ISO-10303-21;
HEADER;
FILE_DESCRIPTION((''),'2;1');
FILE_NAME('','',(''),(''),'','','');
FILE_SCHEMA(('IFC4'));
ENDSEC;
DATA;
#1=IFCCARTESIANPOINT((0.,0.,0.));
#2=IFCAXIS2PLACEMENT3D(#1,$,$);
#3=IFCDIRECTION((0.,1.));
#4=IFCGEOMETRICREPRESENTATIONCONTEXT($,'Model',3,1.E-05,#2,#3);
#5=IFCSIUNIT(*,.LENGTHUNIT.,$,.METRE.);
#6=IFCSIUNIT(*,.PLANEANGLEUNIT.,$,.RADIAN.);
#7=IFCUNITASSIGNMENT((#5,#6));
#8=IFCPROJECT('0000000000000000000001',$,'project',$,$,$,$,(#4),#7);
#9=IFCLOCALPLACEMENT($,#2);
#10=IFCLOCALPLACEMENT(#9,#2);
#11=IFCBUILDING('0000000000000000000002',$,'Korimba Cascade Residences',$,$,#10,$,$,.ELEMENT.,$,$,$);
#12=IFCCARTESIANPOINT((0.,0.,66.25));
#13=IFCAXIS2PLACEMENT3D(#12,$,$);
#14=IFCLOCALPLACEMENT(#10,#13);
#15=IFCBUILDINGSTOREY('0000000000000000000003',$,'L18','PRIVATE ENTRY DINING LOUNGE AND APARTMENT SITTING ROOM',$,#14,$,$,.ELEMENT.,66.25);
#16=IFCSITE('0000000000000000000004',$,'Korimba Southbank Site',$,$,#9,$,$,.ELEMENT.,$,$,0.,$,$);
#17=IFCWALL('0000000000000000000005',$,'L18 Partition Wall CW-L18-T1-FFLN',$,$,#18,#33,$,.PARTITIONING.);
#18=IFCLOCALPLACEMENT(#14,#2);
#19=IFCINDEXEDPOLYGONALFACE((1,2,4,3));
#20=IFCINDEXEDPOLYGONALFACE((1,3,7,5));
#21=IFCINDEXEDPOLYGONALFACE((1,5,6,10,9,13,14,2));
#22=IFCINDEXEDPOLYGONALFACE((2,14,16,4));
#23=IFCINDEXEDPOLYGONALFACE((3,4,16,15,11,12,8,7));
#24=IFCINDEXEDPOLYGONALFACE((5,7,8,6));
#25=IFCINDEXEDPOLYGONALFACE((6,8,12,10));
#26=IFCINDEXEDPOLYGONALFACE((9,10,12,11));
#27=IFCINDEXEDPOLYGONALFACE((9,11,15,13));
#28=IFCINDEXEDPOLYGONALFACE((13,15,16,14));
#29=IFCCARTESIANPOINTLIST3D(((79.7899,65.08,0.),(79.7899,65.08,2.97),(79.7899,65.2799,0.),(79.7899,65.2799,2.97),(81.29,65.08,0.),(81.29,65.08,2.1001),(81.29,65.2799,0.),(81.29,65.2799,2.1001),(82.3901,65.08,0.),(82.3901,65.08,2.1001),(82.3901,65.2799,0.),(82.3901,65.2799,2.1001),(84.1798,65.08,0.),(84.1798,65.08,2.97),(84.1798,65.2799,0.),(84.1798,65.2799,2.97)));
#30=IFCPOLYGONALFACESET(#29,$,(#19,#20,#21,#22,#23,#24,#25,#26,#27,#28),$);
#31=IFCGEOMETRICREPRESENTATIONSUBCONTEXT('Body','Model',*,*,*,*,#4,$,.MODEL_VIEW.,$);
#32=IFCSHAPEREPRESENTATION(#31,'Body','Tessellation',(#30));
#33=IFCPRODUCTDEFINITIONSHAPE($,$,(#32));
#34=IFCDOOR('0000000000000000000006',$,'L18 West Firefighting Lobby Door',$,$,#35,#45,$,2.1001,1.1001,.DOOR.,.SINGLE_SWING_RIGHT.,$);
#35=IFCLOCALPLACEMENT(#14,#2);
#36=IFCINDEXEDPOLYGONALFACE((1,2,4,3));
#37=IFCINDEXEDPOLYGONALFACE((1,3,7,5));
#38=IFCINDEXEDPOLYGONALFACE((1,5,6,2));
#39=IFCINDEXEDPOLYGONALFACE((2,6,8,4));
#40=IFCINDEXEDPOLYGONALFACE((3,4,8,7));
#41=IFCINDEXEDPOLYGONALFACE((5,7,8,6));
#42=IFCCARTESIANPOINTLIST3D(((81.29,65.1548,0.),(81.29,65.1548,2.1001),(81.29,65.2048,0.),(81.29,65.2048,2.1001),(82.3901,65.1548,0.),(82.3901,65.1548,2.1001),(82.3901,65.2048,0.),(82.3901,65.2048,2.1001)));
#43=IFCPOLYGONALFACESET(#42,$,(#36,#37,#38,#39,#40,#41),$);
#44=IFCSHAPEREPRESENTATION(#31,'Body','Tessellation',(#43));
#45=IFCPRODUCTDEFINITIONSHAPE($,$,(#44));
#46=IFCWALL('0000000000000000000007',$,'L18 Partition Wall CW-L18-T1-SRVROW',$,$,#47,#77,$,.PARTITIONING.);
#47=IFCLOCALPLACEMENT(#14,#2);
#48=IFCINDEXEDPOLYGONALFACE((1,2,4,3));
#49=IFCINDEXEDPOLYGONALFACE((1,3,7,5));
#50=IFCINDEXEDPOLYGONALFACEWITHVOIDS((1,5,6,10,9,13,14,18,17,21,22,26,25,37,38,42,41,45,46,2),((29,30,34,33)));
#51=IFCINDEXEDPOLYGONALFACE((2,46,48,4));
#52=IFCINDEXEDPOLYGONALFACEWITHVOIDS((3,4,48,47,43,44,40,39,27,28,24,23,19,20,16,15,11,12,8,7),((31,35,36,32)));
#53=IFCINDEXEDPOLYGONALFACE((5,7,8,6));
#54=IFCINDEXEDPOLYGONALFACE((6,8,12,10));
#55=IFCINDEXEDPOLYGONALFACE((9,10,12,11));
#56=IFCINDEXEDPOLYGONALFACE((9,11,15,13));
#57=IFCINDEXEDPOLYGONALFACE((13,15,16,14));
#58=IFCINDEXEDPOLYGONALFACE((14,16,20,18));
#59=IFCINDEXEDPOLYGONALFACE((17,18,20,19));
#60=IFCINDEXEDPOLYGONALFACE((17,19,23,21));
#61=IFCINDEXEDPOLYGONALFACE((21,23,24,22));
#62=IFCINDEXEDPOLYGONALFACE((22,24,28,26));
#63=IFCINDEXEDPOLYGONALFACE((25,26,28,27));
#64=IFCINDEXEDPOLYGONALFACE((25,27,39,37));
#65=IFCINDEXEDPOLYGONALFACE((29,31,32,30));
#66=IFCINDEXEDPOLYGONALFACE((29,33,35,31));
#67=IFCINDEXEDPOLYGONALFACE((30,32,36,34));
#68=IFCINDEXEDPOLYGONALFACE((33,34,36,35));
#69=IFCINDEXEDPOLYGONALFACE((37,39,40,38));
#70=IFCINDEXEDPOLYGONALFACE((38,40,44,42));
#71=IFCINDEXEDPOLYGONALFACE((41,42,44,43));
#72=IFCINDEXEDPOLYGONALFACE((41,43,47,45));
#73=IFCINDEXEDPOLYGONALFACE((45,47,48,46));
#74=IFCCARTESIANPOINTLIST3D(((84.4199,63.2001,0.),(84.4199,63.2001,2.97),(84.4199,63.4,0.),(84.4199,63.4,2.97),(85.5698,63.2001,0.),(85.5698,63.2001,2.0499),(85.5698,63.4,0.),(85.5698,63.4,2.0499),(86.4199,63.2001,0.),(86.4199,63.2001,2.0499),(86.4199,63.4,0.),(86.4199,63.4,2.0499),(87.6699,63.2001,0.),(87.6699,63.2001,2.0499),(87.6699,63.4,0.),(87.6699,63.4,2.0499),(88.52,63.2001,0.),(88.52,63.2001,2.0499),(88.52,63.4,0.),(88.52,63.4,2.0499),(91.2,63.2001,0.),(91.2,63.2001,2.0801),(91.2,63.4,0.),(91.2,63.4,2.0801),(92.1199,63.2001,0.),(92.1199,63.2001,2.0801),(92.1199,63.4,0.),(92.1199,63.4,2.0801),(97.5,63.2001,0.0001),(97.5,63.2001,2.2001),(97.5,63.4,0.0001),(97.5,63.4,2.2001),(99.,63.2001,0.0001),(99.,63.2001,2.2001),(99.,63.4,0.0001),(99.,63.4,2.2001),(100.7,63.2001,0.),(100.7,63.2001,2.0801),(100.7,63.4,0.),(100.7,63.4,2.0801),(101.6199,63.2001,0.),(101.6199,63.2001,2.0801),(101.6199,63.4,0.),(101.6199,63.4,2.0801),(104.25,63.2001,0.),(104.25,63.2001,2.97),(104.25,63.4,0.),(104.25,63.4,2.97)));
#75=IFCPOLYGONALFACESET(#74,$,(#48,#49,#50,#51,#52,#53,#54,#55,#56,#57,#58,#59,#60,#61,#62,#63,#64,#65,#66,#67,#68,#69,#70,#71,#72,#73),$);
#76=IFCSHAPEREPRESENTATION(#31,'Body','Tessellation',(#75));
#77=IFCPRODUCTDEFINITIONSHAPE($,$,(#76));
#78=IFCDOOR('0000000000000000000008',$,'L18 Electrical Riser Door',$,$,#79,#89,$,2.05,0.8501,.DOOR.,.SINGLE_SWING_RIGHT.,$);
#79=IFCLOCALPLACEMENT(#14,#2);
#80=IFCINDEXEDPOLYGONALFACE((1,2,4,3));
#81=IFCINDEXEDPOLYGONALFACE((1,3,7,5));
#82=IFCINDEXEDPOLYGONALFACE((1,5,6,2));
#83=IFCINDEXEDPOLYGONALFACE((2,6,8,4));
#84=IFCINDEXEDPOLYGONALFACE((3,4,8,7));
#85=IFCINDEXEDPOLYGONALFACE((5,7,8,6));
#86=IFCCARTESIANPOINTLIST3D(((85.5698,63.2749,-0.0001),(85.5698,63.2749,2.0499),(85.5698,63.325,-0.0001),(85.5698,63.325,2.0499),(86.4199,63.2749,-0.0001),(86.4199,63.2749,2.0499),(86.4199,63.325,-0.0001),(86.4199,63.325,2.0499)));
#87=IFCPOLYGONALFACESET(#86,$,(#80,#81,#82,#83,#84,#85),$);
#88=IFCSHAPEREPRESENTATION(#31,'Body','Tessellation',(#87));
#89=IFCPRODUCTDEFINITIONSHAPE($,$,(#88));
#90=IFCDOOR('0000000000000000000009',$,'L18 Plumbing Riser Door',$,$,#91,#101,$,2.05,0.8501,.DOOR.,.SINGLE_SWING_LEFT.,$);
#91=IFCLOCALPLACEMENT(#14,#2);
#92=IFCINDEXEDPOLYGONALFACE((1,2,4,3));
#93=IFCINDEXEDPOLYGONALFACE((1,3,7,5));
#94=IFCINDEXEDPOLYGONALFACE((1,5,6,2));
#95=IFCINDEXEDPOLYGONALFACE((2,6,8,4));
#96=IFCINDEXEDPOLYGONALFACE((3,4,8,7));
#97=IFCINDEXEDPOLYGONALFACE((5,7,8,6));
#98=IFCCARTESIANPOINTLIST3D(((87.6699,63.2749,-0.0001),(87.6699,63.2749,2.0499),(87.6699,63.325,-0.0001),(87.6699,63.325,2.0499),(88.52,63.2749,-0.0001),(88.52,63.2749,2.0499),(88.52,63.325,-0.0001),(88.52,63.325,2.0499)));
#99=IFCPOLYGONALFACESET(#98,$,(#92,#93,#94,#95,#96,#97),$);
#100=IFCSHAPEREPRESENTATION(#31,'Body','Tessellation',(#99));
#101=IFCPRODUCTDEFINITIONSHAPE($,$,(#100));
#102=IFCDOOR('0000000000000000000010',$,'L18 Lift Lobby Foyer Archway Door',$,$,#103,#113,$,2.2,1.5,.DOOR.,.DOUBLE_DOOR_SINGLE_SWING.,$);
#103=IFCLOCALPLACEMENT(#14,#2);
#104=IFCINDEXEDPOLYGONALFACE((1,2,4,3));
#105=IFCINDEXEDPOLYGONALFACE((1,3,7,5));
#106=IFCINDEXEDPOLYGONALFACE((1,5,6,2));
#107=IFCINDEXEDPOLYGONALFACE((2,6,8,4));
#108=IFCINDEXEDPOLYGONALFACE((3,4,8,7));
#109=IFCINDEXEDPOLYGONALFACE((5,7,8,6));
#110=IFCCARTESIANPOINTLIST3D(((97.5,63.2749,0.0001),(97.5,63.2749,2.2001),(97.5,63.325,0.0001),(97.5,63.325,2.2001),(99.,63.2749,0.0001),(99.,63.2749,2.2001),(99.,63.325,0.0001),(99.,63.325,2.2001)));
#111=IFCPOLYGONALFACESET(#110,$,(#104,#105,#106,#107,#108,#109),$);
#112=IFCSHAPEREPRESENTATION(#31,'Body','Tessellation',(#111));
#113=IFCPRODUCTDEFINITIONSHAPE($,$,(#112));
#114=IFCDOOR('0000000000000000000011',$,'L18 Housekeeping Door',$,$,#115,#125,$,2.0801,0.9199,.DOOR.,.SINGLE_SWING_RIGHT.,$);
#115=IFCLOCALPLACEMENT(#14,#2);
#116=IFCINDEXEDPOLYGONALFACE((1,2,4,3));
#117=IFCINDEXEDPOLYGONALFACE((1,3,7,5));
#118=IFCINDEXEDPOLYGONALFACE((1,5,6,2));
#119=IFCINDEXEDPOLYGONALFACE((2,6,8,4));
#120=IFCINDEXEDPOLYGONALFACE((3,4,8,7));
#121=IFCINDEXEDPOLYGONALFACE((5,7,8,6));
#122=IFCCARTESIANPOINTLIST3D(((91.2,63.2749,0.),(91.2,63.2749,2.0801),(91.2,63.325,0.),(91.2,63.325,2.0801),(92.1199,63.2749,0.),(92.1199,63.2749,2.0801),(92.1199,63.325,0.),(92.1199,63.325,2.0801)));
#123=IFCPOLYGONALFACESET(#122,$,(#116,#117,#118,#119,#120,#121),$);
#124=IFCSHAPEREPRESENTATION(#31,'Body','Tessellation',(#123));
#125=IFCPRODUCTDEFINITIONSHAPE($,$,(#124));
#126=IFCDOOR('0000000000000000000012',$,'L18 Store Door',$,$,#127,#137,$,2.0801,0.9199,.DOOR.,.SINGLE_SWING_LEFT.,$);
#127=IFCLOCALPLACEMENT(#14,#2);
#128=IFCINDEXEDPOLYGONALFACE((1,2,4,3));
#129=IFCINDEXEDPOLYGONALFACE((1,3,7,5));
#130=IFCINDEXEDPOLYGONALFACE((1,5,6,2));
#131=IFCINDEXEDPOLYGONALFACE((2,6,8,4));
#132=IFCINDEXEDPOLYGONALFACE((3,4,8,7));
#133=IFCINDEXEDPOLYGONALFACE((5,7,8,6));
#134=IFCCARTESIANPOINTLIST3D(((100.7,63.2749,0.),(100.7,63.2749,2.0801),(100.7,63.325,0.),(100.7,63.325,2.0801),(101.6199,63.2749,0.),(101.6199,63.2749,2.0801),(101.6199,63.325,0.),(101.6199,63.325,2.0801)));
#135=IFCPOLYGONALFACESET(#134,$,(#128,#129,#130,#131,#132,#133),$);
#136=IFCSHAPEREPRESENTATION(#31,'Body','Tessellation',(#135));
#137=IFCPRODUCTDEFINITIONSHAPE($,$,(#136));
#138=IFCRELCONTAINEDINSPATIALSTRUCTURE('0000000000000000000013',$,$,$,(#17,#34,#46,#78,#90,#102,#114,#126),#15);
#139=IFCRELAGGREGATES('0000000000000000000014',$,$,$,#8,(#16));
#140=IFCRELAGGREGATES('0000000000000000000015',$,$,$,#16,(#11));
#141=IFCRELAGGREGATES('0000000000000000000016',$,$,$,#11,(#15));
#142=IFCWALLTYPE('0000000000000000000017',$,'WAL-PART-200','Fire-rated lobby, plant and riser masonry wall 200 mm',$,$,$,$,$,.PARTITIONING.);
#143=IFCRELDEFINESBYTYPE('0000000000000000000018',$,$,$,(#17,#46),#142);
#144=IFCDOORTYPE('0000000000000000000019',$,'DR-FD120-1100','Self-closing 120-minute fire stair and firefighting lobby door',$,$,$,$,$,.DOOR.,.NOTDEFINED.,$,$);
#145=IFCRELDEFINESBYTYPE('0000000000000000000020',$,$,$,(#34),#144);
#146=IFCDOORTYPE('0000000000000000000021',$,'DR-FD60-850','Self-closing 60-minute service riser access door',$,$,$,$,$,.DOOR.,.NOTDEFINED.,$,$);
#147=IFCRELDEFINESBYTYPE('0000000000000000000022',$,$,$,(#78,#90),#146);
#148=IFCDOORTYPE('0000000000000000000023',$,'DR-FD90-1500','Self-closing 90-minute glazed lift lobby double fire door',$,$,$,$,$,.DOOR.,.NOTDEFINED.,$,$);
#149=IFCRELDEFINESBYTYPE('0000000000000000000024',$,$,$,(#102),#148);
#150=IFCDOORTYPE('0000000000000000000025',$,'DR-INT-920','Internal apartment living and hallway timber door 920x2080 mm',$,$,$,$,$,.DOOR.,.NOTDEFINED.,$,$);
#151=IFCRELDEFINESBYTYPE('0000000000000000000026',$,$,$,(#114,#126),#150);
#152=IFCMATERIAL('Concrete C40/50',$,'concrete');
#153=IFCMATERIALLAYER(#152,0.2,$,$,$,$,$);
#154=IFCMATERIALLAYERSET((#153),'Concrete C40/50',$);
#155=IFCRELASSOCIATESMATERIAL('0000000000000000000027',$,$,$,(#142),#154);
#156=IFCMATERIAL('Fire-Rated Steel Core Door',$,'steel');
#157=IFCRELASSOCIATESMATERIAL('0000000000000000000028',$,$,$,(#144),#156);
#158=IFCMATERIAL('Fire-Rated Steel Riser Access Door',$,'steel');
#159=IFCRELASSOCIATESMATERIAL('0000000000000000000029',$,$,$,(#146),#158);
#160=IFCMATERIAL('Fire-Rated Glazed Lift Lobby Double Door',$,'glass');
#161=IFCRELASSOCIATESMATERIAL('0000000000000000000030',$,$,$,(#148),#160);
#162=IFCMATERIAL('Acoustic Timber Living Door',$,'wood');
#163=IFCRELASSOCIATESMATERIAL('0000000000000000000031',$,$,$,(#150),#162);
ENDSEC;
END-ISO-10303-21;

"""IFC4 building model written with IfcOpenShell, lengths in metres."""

from ifc_helpers import new_model, si_unit, direction, frame, frame_2d, origin, place, context, subcontext, project, spatial, rectangle, extrude, material, layer, layer_set, type_object, element, fill, save


model = new_model("IFC4")

# Units and contexts
model_context = context("Model", 3, precision=1e-05, world=origin(), true_north=direction((0.0, 1.0)))
body_context = subcontext(model_context, "Body", "Model", "MODEL_VIEW")
ifc_project = project(units=[si_unit("LENGTHUNIT", "METRE"), si_unit("PLANEANGLEUNIT", "RADIAN")], contexts=[model_context])

# Site, building, storey
site_placement = place(None, origin())
site = spatial("IfcSite", under=ifc_project, at=site_placement, Name="Korimba Southbank Site", CompositionType="ELEMENT", RefElevation=0.0)
building_placement = place(site_placement, origin())
building = spatial("IfcBuilding", under=site, at=building_placement, Name="Korimba Cascade Residences", CompositionType="ELEMENT")
storey_placement = place(building_placement, frame((0.0, 0.0, 66.25)))
storey = spatial("IfcBuildingStorey", under=building, at=storey_placement, Name="L18", Description="PRIVATE ENTRY DINING LOUNGE AND APARTMENT SITTING ROOM", CompositionType="ELEMENT", Elevation=66.25)

# Wall, opening, door
ifc_material_1 = material(Name="Concrete C40/50", Category="concrete")
ifc_layer = layer(ifc_material_1, 0.2)
ifc_layer_set = layer_set([ifc_layer], Name="Concrete C40/50")
wall_type = type_object("IfcWallType", Name="WAL-PART-200", Description="Fire-rated lobby, plant and riser masonry wall 200 mm", PredefinedType="PARTITIONING", material=ifc_layer_set)
wall_1_placement = place(storey_placement, frame((79.79, 65.1799, 0.0), z_axis=(0.0, 0.0, 1.0), x_axis=(1.0, 0.0, 0.0)))
wall_1 = element("IfcWall", 1, at=wall_1_placement, inside=storey, type_object=wall_type, Name="L18 Partition Wall CW-L18-T1-FFLN", PredefinedType="PARTITIONING", context=body_context, shape_type="SweptSolid", body=[
    extrude(rectangle(XDim=4.3899, YDim=0.2, at=frame_2d((2.1948, 0.0))), origin(), (0.0, 0.0, 1.0), 2.97),
])
opening_1_placement = place(wall_1_placement, frame((1.5, 0.0, 0.0)))
opening_1 = element("IfcOpeningElement", 2, at=opening_1_placement, cuts=wall_1, PredefinedType="OPENING", context=body_context, shape_type="SweptSolid", body=[
    extrude(rectangle(XDim=1.1001, YDim=2.1001, at=frame_2d((0.55, 1.05))), frame((0.0, 0.1099, 0.0), z_axis=(0.0, -1.0, 0.0), x_axis=(1.0, 0.0, 0.0)), (0.0, 0.0, 1.0), 0.22),
])
ifc_material_2 = material(Name="Fire-Rated Steel Core Door", Category="steel")
door_type_1 = type_object("IfcDoorType", Name="DR-FD120-1100", Description="Self-closing 120-minute fire stair and firefighting lobby door", OperationType="NOTDEFINED", PredefinedType="DOOR", material=ifc_material_2)
door_1_placement = place(opening_1_placement, origin())
door_1 = element("IfcDoor", 3, at=door_1_placement, inside=storey, type_object=door_type_1, Name="L18 West Firefighting Lobby Door", OperationType="SINGLE_SWING_RIGHT", OverallHeight=2.1001, OverallWidth=1.1001, PredefinedType="DOOR", context=body_context, shape_type="SweptSolid", body=[
    extrude(rectangle(XDim=1.1001, YDim=2.1001, at=frame_2d((0.55, 1.05))), frame((0.0, 0.0249, 0.0), z_axis=(0.0, -1.0, 0.0), x_axis=(1.0, 0.0, 0.0)), (0.0, 0.0, 1.0), 0.05),
])
fill(opening_1, door_1)

# Wall, openings, doors
wall_2_placement = place(storey_placement, frame((84.4199, 63.3, 0.0), z_axis=(0.0, 0.0, 1.0), x_axis=(1.0, 0.0, 0.0)))
wall_2 = element("IfcWall", 4, at=wall_2_placement, inside=storey, type_object=wall_type, Name="L18 Partition Wall CW-L18-T1-SRVROW", PredefinedType="PARTITIONING", context=body_context, shape_type="SweptSolid", body=[
    extrude(rectangle(XDim=19.8301, YDim=0.2, at=frame_2d((9.915, 0.0))), origin(), (0.0, 0.0, 1.0), 2.97),
])
opening_2_placement = place(wall_2_placement, frame((1.1499, 0.0, 0.0)))
opening_2 = element("IfcOpeningElement", 5, at=opening_2_placement, cuts=wall_2, PredefinedType="OPENING", context=body_context, shape_type="SweptSolid", body=[
    extrude(rectangle(XDim=0.8501, YDim=2.05, at=frame_2d((0.425, 1.0249))), frame((0.0, 0.1099, 0.0), z_axis=(0.0, -1.0, 0.0), x_axis=(1.0, 0.0, 0.0)), (0.0, 0.0, 1.0), 0.22),
])
opening_3_placement = place(wall_2_placement, frame((3.25, 0.0, 0.0)))
opening_3 = element("IfcOpeningElement", 6, at=opening_3_placement, cuts=wall_2, PredefinedType="OPENING", context=body_context, shape_type="SweptSolid", body=[
    extrude(rectangle(XDim=0.8501, YDim=2.05, at=frame_2d((0.425, 1.0249))), frame((0.0, 0.1099, 0.0), z_axis=(0.0, -1.0, 0.0), x_axis=(1.0, 0.0, 0.0)), (0.0, 0.0, 1.0), 0.22),
])
opening_4_placement = place(wall_2_placement, frame((13.0801, 0.0, 0.0)))
opening_4 = element("IfcOpeningElement", 7, at=opening_4_placement, cuts=wall_2, PredefinedType="OPENING", context=body_context, shape_type="SweptSolid", body=[
    extrude(rectangle(XDim=1.5, YDim=2.2, at=frame_2d((0.75, 1.1001))), frame((0.0, 0.1099, 0.0), z_axis=(0.0, -1.0, 0.0), x_axis=(1.0, 0.0, 0.0)), (0.0, 0.0, 1.0), 0.22),
])
opening_5_placement = place(wall_2_placement, frame((6.78, 0.0, 0.0)))
opening_5 = element("IfcOpeningElement", 8, at=opening_5_placement, cuts=wall_2, PredefinedType="OPENING", context=body_context, shape_type="SweptSolid", body=[
    extrude(rectangle(XDim=0.9199, YDim=2.0801, at=frame_2d((0.46, 1.04))), frame((0.0, 0.1099, 0.0), z_axis=(0.0, -1.0, 0.0), x_axis=(1.0, 0.0, 0.0)), (0.0, 0.0, 1.0), 0.22),
])
opening_6_placement = place(wall_2_placement, frame((16.28, 0.0, 0.0)))
opening_6 = element("IfcOpeningElement", 9, at=opening_6_placement, cuts=wall_2, PredefinedType="OPENING", context=body_context, shape_type="SweptSolid", body=[
    extrude(rectangle(XDim=0.9199, YDim=2.0801, at=frame_2d((0.46, 1.04))), frame((0.0, 0.1099, 0.0), z_axis=(0.0, -1.0, 0.0), x_axis=(1.0, 0.0, 0.0)), (0.0, 0.0, 1.0), 0.22),
])
ifc_material_3 = material(Name="Fire-Rated Steel Riser Access Door", Category="steel")
door_type_2 = type_object("IfcDoorType", Name="DR-FD60-850", Description="Self-closing 60-minute service riser access door", OperationType="NOTDEFINED", PredefinedType="DOOR", material=ifc_material_3)
door_2_placement = place(opening_2_placement, origin())
door_2 = element("IfcDoor", 10, at=door_2_placement, inside=storey, type_object=door_type_2, Name="L18 Electrical Riser Door", OperationType="SINGLE_SWING_RIGHT", OverallHeight=2.05, OverallWidth=0.8501, PredefinedType="DOOR", context=body_context, shape_type="SweptSolid", body=[
    extrude(rectangle(XDim=0.8501, YDim=2.05, at=frame_2d((0.425, 1.0249))), frame((0.0, 0.0249, 0.0), z_axis=(0.0, -1.0, 0.0), x_axis=(1.0, 0.0, 0.0)), (0.0, 0.0, 1.0), 0.05),
])
fill(opening_2, door_2)
door_3_placement = place(opening_3_placement, origin())
door_3 = element("IfcDoor", 11, at=door_3_placement, inside=storey, type_object=door_type_2, Name="L18 Plumbing Riser Door", OperationType="SINGLE_SWING_LEFT", OverallHeight=2.05, OverallWidth=0.8501, PredefinedType="DOOR", context=body_context, shape_type="SweptSolid", body=[
    extrude(rectangle(XDim=0.8501, YDim=2.05, at=frame_2d((0.425, 1.0249))), frame((0.0, 0.0249, 0.0), z_axis=(0.0, -1.0, 0.0), x_axis=(1.0, 0.0, 0.0)), (0.0, 0.0, 1.0), 0.05),
])
fill(opening_3, door_3)
ifc_material_4 = material(Name="Fire-Rated Glazed Lift Lobby Double Door", Category="glass")
door_type_3 = type_object("IfcDoorType", Name="DR-FD90-1500", Description="Self-closing 90-minute glazed lift lobby double fire door", OperationType="NOTDEFINED", PredefinedType="DOOR", material=ifc_material_4)
door_4_placement = place(opening_4_placement, origin())
door_4 = element("IfcDoor", 12, at=door_4_placement, inside=storey, type_object=door_type_3, Name="L18 Lift Lobby Foyer Archway Door", OperationType="DOUBLE_DOOR_SINGLE_SWING", OverallHeight=2.2, OverallWidth=1.5, PredefinedType="DOOR", context=body_context, shape_type="SweptSolid", body=[
    extrude(rectangle(XDim=1.5, YDim=2.2, at=frame_2d((0.75, 1.1001))), frame((0.0, 0.0249, 0.0), z_axis=(0.0, -1.0, 0.0), x_axis=(1.0, 0.0, 0.0)), (0.0, 0.0, 1.0), 0.05),
])
fill(opening_4, door_4)
ifc_material_5 = material(Name="Acoustic Timber Living Door", Category="wood")
door_type_4 = type_object("IfcDoorType", Name="DR-INT-920", Description="Internal apartment living and hallway timber door 920x2080 mm", OperationType="NOTDEFINED", PredefinedType="DOOR", material=ifc_material_5)
door_5_placement = place(opening_5_placement, origin())
door_5 = element("IfcDoor", 13, at=door_5_placement, inside=storey, type_object=door_type_4, Name="L18 Housekeeping Door", OperationType="SINGLE_SWING_RIGHT", OverallHeight=2.0801, OverallWidth=0.9199, PredefinedType="DOOR", context=body_context, shape_type="SweptSolid", body=[
    extrude(rectangle(XDim=0.9199, YDim=2.0801, at=frame_2d((0.46, 1.04))), frame((0.0, 0.0249, 0.0), z_axis=(0.0, -1.0, 0.0), x_axis=(1.0, 0.0, 0.0)), (0.0, 0.0, 1.0), 0.05),
])
fill(opening_5, door_5)
door_6_placement = place(opening_6_placement, origin())
door_6 = element("IfcDoor", 14, at=door_6_placement, inside=storey, type_object=door_type_4, Name="L18 Store Door", OperationType="SINGLE_SWING_LEFT", OverallHeight=2.0801, OverallWidth=0.9199, PredefinedType="DOOR", context=body_context, shape_type="SweptSolid", body=[
    extrude(rectangle(XDim=0.9199, YDim=2.0801, at=frame_2d((0.46, 1.04))), frame((0.0, 0.0249, 0.0), z_axis=(0.0, -1.0, 0.0), x_axis=(1.0, 0.0, 0.0)), (0.0, 0.0, 1.0), 0.05),
])
fill(opening_6, door_6)

save(model, "model.ifc")
